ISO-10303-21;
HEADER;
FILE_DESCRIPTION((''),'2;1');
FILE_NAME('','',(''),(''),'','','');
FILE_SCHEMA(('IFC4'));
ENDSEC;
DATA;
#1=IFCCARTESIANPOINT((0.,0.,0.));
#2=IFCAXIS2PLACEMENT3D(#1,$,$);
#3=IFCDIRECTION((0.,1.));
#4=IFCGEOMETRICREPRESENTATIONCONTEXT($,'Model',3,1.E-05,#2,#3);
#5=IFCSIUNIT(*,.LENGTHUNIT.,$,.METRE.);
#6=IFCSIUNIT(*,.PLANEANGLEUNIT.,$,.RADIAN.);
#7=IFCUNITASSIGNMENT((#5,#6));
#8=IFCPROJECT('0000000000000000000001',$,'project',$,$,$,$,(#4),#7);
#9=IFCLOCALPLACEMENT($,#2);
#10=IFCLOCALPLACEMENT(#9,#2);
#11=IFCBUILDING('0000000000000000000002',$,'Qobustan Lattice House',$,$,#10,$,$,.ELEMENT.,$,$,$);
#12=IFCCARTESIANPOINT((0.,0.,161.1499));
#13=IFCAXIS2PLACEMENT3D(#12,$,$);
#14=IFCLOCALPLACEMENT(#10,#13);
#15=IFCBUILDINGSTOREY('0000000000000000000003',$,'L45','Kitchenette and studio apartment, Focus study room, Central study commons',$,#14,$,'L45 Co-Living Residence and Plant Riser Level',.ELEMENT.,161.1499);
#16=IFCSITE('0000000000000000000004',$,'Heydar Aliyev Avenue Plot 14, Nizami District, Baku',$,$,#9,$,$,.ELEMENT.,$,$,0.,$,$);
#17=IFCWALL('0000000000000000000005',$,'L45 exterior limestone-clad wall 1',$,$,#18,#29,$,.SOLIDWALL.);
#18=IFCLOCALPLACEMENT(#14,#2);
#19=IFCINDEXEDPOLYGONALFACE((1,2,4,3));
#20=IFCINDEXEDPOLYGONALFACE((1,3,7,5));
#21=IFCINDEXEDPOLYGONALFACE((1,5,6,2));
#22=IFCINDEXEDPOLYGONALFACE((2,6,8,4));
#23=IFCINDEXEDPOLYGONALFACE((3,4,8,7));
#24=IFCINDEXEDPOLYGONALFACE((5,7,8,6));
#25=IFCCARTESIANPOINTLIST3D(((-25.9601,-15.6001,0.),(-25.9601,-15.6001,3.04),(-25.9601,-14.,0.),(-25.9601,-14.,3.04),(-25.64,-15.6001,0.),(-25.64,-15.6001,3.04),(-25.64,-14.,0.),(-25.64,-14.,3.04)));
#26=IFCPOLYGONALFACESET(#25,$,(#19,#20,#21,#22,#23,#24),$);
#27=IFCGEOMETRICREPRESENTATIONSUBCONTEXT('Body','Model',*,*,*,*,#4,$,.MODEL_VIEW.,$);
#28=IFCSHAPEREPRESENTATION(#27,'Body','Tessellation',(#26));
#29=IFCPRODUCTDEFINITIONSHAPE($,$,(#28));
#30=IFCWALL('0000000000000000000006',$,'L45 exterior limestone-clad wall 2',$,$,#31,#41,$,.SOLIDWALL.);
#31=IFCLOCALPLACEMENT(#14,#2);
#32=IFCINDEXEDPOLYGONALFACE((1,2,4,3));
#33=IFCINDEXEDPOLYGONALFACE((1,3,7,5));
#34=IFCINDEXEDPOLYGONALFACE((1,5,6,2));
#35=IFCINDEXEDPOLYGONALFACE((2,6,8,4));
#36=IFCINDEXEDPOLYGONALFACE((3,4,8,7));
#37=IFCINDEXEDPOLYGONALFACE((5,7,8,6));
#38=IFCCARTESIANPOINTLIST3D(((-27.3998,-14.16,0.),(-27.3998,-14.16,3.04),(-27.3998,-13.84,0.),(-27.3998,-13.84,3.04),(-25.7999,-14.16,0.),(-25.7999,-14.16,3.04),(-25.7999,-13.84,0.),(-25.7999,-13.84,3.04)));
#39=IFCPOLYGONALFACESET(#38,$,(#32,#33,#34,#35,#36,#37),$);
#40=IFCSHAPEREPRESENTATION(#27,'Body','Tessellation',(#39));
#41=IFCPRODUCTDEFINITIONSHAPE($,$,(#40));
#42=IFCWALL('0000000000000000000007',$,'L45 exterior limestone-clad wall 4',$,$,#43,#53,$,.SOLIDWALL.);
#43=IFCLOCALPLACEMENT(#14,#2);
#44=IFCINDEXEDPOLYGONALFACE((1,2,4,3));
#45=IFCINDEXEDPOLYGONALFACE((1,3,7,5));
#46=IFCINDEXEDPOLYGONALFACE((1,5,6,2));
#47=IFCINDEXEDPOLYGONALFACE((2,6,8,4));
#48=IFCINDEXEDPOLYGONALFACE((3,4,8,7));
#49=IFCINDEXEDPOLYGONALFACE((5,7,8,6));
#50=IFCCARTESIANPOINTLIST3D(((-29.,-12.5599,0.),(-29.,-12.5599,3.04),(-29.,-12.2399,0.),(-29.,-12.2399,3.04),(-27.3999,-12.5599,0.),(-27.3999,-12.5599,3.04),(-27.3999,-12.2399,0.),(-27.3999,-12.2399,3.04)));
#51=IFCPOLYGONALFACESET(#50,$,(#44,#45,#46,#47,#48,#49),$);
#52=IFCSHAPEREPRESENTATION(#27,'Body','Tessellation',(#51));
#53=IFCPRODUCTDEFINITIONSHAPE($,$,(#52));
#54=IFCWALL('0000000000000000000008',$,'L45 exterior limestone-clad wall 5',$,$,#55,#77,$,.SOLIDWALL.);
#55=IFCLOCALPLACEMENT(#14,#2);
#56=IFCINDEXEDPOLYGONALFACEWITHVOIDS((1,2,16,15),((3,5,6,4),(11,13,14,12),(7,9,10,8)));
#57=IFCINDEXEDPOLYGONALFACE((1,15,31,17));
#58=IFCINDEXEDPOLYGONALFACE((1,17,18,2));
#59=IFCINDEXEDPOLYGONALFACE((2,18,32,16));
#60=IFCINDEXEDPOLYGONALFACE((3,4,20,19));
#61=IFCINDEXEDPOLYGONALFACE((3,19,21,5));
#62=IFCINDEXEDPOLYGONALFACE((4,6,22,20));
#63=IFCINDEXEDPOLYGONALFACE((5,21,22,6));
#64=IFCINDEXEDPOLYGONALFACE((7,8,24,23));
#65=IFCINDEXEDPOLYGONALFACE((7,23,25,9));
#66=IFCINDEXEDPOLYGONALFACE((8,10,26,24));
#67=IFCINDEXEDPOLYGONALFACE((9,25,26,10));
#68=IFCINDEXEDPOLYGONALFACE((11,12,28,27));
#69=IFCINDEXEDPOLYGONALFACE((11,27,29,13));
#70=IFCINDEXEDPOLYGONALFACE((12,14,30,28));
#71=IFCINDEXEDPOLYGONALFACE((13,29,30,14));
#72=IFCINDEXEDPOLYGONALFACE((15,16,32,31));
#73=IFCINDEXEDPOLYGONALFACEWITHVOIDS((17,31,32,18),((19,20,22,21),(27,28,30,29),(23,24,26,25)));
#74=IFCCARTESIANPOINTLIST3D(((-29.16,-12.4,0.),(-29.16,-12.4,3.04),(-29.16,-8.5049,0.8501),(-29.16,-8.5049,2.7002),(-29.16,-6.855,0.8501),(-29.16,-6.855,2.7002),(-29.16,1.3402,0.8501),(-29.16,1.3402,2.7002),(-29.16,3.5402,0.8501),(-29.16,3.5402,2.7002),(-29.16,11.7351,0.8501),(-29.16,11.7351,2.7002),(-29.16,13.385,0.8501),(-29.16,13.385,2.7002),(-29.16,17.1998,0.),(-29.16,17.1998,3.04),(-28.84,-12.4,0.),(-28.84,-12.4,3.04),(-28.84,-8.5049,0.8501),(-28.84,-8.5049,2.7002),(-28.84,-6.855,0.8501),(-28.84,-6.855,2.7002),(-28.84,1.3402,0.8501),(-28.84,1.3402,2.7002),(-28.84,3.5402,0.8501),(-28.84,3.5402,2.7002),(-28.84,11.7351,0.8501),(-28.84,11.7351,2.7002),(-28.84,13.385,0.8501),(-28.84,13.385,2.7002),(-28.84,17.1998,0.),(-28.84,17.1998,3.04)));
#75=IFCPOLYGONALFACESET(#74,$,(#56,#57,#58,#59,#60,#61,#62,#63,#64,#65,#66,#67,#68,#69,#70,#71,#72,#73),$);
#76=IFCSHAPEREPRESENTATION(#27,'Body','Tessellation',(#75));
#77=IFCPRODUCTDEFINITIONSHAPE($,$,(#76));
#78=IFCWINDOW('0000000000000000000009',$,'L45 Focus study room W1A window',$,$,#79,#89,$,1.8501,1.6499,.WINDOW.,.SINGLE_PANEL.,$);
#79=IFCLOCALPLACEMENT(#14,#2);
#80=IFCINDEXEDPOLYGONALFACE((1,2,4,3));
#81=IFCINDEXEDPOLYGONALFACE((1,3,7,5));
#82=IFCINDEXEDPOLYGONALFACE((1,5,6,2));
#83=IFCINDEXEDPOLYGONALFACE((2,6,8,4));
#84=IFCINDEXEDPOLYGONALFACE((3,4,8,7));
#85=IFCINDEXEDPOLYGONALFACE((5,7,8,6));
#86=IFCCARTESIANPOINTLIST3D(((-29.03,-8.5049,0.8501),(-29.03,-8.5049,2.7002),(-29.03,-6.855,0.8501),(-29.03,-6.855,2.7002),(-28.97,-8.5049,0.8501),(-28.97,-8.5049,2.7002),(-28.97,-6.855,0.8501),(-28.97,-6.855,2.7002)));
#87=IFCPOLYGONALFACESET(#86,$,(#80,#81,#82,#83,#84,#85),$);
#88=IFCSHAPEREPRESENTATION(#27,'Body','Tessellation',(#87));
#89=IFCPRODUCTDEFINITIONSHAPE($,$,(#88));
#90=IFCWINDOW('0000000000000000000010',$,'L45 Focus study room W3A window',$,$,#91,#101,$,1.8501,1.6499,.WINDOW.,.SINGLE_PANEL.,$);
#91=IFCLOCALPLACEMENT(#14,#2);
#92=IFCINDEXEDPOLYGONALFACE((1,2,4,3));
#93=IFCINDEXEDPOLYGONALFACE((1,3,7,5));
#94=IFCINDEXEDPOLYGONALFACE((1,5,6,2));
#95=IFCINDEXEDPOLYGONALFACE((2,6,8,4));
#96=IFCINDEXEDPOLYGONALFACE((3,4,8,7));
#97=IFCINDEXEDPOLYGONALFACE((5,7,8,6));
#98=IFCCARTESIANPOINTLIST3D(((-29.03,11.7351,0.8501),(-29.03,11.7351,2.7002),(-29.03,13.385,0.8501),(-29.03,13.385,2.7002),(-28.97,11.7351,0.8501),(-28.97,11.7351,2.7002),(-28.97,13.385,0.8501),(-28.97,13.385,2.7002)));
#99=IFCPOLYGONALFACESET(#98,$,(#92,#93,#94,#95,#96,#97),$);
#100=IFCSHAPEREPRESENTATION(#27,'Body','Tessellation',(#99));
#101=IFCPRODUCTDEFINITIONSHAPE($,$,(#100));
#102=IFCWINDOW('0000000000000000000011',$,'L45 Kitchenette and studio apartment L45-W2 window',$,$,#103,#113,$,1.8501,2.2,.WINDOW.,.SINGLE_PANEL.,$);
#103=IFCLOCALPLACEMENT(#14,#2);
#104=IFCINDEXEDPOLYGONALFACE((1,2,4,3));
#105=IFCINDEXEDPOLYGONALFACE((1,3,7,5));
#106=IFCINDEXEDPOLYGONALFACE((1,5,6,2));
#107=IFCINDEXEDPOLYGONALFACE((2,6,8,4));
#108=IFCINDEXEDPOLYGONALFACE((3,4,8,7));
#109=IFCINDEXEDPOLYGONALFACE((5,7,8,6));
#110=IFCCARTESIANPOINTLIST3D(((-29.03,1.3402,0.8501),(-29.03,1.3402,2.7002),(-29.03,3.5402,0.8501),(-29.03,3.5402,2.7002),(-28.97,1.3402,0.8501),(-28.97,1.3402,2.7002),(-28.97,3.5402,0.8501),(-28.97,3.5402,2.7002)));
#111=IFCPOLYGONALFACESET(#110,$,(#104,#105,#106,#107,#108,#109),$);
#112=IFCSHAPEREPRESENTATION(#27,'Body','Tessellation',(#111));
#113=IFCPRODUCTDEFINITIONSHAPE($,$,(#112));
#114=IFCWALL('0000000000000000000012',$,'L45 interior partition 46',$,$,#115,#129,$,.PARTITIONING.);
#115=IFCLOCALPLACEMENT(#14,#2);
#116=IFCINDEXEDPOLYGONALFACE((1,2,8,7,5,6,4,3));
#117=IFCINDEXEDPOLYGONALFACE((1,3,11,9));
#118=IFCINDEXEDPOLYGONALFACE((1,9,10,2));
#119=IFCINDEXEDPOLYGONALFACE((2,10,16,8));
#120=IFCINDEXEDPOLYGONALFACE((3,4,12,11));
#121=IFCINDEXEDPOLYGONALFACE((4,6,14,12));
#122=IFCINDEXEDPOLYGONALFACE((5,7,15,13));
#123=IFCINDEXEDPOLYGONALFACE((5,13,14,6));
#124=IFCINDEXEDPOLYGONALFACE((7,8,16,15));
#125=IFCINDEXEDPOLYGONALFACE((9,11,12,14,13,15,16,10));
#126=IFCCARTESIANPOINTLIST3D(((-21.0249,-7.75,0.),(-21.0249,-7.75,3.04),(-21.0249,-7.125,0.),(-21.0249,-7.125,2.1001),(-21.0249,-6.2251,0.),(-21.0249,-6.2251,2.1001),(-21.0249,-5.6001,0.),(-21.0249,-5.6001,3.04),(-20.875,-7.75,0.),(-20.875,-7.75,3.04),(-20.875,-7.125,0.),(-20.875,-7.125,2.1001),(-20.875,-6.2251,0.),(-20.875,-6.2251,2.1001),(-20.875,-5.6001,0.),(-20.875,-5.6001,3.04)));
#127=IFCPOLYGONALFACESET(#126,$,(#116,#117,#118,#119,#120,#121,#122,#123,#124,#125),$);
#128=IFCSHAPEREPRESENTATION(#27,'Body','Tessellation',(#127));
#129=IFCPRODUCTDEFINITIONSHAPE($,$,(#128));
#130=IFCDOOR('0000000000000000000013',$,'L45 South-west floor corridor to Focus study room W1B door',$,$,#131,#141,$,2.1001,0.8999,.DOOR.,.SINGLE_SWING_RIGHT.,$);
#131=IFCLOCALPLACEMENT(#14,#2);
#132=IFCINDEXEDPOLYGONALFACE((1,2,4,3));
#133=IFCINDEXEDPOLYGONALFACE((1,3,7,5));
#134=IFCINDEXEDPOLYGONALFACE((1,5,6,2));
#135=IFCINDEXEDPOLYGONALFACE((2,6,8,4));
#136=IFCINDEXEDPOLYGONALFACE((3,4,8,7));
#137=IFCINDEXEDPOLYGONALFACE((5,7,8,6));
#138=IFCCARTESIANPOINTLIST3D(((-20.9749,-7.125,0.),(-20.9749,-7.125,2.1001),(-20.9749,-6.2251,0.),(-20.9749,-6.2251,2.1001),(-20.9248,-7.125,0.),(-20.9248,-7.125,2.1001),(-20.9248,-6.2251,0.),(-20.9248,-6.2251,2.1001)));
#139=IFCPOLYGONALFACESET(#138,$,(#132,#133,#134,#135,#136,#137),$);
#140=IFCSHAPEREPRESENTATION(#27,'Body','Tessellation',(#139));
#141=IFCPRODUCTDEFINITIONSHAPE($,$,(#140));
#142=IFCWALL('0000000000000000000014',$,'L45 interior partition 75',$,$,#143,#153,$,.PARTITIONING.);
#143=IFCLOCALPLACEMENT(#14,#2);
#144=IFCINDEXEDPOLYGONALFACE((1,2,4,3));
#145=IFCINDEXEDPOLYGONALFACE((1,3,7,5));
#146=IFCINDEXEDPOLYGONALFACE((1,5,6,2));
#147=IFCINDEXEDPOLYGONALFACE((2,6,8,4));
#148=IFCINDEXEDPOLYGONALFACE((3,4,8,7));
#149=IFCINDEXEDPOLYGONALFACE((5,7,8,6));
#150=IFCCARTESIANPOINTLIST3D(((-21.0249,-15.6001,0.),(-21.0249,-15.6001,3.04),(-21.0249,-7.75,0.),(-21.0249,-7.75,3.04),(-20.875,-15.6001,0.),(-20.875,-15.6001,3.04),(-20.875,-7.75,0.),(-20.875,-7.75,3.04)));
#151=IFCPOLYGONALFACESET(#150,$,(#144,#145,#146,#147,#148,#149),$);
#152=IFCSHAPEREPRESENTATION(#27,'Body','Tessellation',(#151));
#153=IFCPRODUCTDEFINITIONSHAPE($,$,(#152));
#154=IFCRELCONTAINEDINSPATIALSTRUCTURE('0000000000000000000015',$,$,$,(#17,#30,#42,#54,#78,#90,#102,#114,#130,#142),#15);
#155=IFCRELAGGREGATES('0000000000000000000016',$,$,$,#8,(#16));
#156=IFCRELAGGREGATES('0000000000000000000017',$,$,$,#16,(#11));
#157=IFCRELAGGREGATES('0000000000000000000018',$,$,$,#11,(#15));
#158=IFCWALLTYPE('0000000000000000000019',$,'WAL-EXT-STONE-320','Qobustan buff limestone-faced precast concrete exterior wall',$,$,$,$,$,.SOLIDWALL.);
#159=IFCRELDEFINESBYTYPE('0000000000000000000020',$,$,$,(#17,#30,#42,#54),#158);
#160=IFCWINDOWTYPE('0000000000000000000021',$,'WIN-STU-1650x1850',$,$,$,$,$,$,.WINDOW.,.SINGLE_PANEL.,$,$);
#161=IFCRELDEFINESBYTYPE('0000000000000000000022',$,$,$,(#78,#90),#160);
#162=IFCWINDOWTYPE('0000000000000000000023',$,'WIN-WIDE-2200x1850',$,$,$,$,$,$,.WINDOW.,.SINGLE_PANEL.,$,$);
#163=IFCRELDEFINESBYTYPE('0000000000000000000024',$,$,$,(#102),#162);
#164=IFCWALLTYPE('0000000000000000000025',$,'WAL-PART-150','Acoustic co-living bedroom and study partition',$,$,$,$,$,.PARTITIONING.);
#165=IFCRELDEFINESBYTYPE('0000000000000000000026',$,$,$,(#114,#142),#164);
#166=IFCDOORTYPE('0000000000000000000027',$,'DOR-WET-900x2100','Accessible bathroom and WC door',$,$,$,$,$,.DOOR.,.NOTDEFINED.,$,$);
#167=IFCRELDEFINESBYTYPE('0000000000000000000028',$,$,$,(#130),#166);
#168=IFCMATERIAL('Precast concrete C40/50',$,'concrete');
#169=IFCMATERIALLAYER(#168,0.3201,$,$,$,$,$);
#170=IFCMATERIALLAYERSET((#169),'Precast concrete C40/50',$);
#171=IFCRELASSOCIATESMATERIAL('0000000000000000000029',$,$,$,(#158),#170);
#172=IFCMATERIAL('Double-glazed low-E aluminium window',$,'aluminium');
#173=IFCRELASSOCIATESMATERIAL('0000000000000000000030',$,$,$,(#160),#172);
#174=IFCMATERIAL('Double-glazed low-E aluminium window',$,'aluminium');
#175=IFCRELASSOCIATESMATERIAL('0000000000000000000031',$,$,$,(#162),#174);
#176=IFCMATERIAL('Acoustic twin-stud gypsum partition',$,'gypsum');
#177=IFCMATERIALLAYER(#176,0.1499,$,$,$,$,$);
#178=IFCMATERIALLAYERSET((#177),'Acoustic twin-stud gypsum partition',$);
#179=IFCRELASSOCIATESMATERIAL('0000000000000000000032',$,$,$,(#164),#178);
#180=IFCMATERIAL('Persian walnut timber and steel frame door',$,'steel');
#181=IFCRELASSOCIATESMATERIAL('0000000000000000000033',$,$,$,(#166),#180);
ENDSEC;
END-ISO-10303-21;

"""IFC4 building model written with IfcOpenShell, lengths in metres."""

from ifc_helpers import new_model, si_unit, direction, frame, frame_2d, origin, place, context, subcontext, project, spatial, rectangle, extrude, material, layer, layer_set, type_object, element, fill, save


model = new_model("IFC4")

# Units and contexts
model_context = context("Model", 3, precision=1e-05, world=origin(), true_north=direction((0.0, 1.0)))
body_context = subcontext(model_context, "Body", "Model", "MODEL_VIEW")
ifc_project = project(units=[si_unit("LENGTHUNIT", "METRE"), si_unit("PLANEANGLEUNIT", "RADIAN")], contexts=[model_context])

# Site, building, storey
site_placement = place(None, origin())
site = spatial("IfcSite", under=ifc_project, at=site_placement, Name="Heydar Aliyev Avenue Plot 14, Nizami District, Baku", CompositionType="ELEMENT", RefElevation=0.0)
building_placement = place(site_placement, origin())
building = spatial("IfcBuilding", under=site, at=building_placement, Name="Qobustan Lattice House", CompositionType="ELEMENT")
storey_placement = place(building_placement, frame((0.0, 0.0, 161.1499)))
storey = spatial("IfcBuildingStorey", under=building, at=storey_placement, Name="L45", Description="Kitchenette and studio apartment, Focus study room, Central study commons", LongName="L45 Co-Living Residence and Plant Riser Level", CompositionType="ELEMENT", Elevation=161.1499)

# Walls
ifc_material_1 = material(Name="Precast concrete C40/50", Category="concrete")
ifc_layer_1 = layer(ifc_material_1, 0.3201)
ifc_layer_set_1 = layer_set([ifc_layer_1], Name="Precast concrete C40/50")
wall_type_1 = type_object("IfcWallType", Name="WAL-EXT-STONE-320", Description="Qobustan buff limestone-faced precast concrete exterior wall", PredefinedType="SOLIDWALL", material=ifc_layer_set_1)
wall_1_placement = place(storey_placement, frame((-25.8, -15.6001, 0.0), z_axis=(0.0, 0.0, 1.0), x_axis=(0.0, 1.0, 0.0)))
element("IfcWall", 1, at=wall_1_placement, inside=storey, type_object=wall_type_1, Name="L45 exterior limestone-clad wall 1", PredefinedType="SOLIDWALL", context=body_context, shape_type="SweptSolid", body=[
    extrude(rectangle(XDim=1.6001, YDim=0.3201, at=frame_2d((0.8, 0.0))), origin(), (0.0, 0.0, 1.0), 3.04),
])
wall_2_placement = place(storey_placement, frame((-25.8, -14.0, 0.0), z_axis=(0.0, 0.0, 1.0), x_axis=(-1.0, 0.0, 0.0)))
element("IfcWall", 2, at=wall_2_placement, inside=storey, type_object=wall_type_1, Name="L45 exterior limestone-clad wall 2", PredefinedType="SOLIDWALL", context=body_context, shape_type="SweptSolid", body=[
    extrude(rectangle(XDim=1.5999, YDim=0.3201, at=frame_2d((0.7998, 0.0))), origin(), (0.0, 0.0, 1.0), 3.04),
])
wall_3_placement = place(storey_placement, frame((-27.3999, -12.3999, 0.0), z_axis=(0.0, 0.0, 1.0), x_axis=(-1.0, 0.0, 0.0)))
element("IfcWall", 3, at=wall_3_placement, inside=storey, type_object=wall_type_1, Name="L45 exterior limestone-clad wall 4", PredefinedType="SOLIDWALL", context=body_context, shape_type="SweptSolid", body=[
    extrude(rectangle(XDim=1.6001, YDim=0.3201, at=frame_2d((0.8, 0.0))), origin(), (0.0, 0.0, 1.0), 3.04),
])

# Wall, openings, windows
wall_4_placement = place(storey_placement, frame((-29.0, -12.3999, 0.0), z_axis=(0.0, 0.0, 1.0), x_axis=(0.0, 1.0, 0.0)))
wall_4 = element("IfcWall", 4, at=wall_4_placement, inside=storey, type_object=wall_type_1, Name="L45 exterior limestone-clad wall 5", PredefinedType="SOLIDWALL", context=body_context, shape_type="SweptSolid", body=[
    extrude(rectangle(XDim=29.5999, YDim=0.3201, at=frame_2d((14.7998, 0.0))), origin(), (0.0, 0.0, 1.0), 3.04),
])
opening_1_placement = place(wall_4_placement, frame((3.895, 0.0, 0.8501)))
opening_1 = element("IfcOpeningElement", 5, at=opening_1_placement, cuts=wall_4, PredefinedType="OPENING", context=body_context, shape_type="SweptSolid", body=[
    extrude(rectangle(XDim=1.6499, YDim=1.8501, at=frame_2d((0.825, 0.925))), frame((0.0, 0.1699, 0.0), z_axis=(0.0, -1.0, 0.0), x_axis=(1.0, 0.0, 0.0)), (0.0, 0.0, 1.0), 0.3401),
])
opening_2_placement = place(wall_4_placement, frame((13.74, 0.0, 0.8501)))
opening_2 = element("IfcOpeningElement", 6, at=opening_2_placement, cuts=wall_4, PredefinedType="OPENING", context=body_context, shape_type="SweptSolid", body=[
    extrude(rectangle(XDim=2.2, YDim=1.8501, at=frame_2d((1.1001, 0.925))), frame((0.0, 0.1699, 0.0), z_axis=(0.0, -1.0, 0.0), x_axis=(1.0, 0.0, 0.0)), (0.0, 0.0, 1.0), 0.3401),
])
opening_3_placement = place(wall_4_placement, frame((24.135, 0.0, 0.8501)))
opening_3 = element("IfcOpeningElement", 7, at=opening_3_placement, cuts=wall_4, PredefinedType="OPENING", context=body_context, shape_type="SweptSolid", body=[
    extrude(rectangle(XDim=1.6499, YDim=1.8501, at=frame_2d((0.825, 0.925))), frame((0.0, 0.1699, 0.0), z_axis=(0.0, -1.0, 0.0), x_axis=(1.0, 0.0, 0.0)), (0.0, 0.0, 1.0), 0.3401),
])
ifc_material_2 = material(Name="Double-glazed low-E aluminium window", Category="aluminium")
window_type_1 = type_object("IfcWindowType", Name="WIN-STU-1650x1850", PartitioningType="SINGLE_PANEL", PredefinedType="WINDOW", material=ifc_material_2)
window_1_placement = place(opening_1_placement, origin())
window_1 = element("IfcWindow", 8, at=window_1_placement, inside=storey, type_object=window_type_1, Name="L45 Focus study room W1A window", OverallHeight=1.8501, OverallWidth=1.6499, PartitioningType="SINGLE_PANEL", PredefinedType="WINDOW", context=body_context, shape_type="SweptSolid", body=[
    extrude(rectangle(XDim=1.6499, YDim=1.8501, at=frame_2d((0.825, 0.925))), frame((0.0, 0.03, 0.0), z_axis=(0.0, -1.0, 0.0), x_axis=(1.0, 0.0, 0.0)), (0.0, 0.0, 1.0), 0.0601),
])
fill(opening_1, window_1)
window_2_placement = place(opening_3_placement, origin())
window_2 = element("IfcWindow", 9, at=window_2_placement, inside=storey, type_object=window_type_1, Name="L45 Focus study room W3A window", OverallHeight=1.8501, OverallWidth=1.6499, PartitioningType="SINGLE_PANEL", PredefinedType="WINDOW", context=body_context, shape_type="SweptSolid", body=[
    extrude(rectangle(XDim=1.6499, YDim=1.8501, at=frame_2d((0.825, 0.925))), frame((0.0, 0.03, 0.0), z_axis=(0.0, -1.0, 0.0), x_axis=(1.0, 0.0, 0.0)), (0.0, 0.0, 1.0), 0.0601),
])
fill(opening_3, window_2)
ifc_material_3 = material(Name="Double-glazed low-E aluminium window", Category="aluminium")
window_type_2 = type_object("IfcWindowType", Name="WIN-WIDE-2200x1850", PartitioningType="SINGLE_PANEL", PredefinedType="WINDOW", material=ifc_material_3)
window_3_placement = place(opening_2_placement, origin())
window_3 = element("IfcWindow", 10, at=window_3_placement, inside=storey, type_object=window_type_2, Name="L45 Kitchenette and studio apartment L45-W2 window", OverallHeight=1.8501, OverallWidth=2.2, PartitioningType="SINGLE_PANEL", PredefinedType="WINDOW", context=body_context, shape_type="SweptSolid", body=[
    extrude(rectangle(XDim=2.2, YDim=1.8501, at=frame_2d((1.1001, 0.925))), frame((0.0, 0.03, 0.0), z_axis=(0.0, -1.0, 0.0), x_axis=(1.0, 0.0, 0.0)), (0.0, 0.0, 1.0), 0.0601),
])
fill(opening_2, window_3)

# Wall, opening, door
ifc_material_4 = material(Name="Acoustic twin-stud gypsum partition", Category="gypsum")
ifc_layer_2 = layer(ifc_material_4, 0.1499)
ifc_layer_set_2 = layer_set([ifc_layer_2], Name="Acoustic twin-stud gypsum partition")
wall_type_2 = type_object("IfcWallType", Name="WAL-PART-150", Description="Acoustic co-living bedroom and study partition", PredefinedType="PARTITIONING", material=ifc_layer_set_2)
wall_5_placement = place(storey_placement, frame((-20.95, -7.75, 0.0), z_axis=(0.0, 0.0, 1.0), x_axis=(0.0, 1.0, 0.0)))
wall_5 = element("IfcWall", 11, at=wall_5_placement, inside=storey, type_object=wall_type_2, Name="L45 interior partition 46", PredefinedType="PARTITIONING", context=body_context, shape_type="SweptSolid", body=[
    extrude(rectangle(XDim=2.1499, YDim=0.1499, at=frame_2d((1.075, 0.0))), origin(), (0.0, 0.0, 1.0), 3.04),
])
opening_4_placement = place(wall_5_placement, frame((0.625, 0.0, 0.0)))
opening_4 = element("IfcOpeningElement", 12, at=opening_4_placement, cuts=wall_5, PredefinedType="OPENING", context=body_context, shape_type="SweptSolid", body=[
    extrude(rectangle(XDim=0.8999, YDim=2.1001, at=frame_2d((0.45, 1.05))), frame((0.0, 0.085, 0.0), z_axis=(0.0, -1.0, 0.0), x_axis=(1.0, 0.0, 0.0)), (0.0, 0.0, 1.0), 0.1699),
])
ifc_material_5 = material(Name="Persian walnut timber and steel frame door", Category="steel")
door_type = type_object("IfcDoorType", Name="DOR-WET-900x2100", Description="Accessible bathroom and WC door", OperationType="NOTDEFINED", PredefinedType="DOOR", material=ifc_material_5)
door_placement = place(opening_4_placement, origin())
door = element("IfcDoor", 13, at=door_placement, inside=storey, type_object=door_type, Name="L45 South-west floor corridor to Focus study room W1B door", OperationType="SINGLE_SWING_RIGHT", OverallHeight=2.1001, OverallWidth=0.8999, PredefinedType="DOOR", context=body_context, shape_type="SweptSolid", body=[
    extrude(rectangle(XDim=0.8999, YDim=2.1001, at=frame_2d((0.45, 1.05))), frame((0.0, 0.0249, 0.0), z_axis=(0.0, -1.0, 0.0), x_axis=(1.0, 0.0, 0.0)), (0.0, 0.0, 1.0), 0.05),
])
fill(opening_4, door)

# Wall
wall_6_placement = place(storey_placement, frame((-20.95, -7.75, 0.0), z_axis=(0.0, 0.0, 1.0), x_axis=(0.0, -1.0, 0.0)))
element("IfcWall", 14, at=wall_6_placement, inside=storey, type_object=wall_type_2, Name="L45 interior partition 75", PredefinedType="PARTITIONING", context=body_context, shape_type="SweptSolid", body=[
    extrude(rectangle(XDim=7.8501, YDim=0.1499, at=frame_2d((3.925, 0.0))), origin(), (0.0, 0.0, 1.0), 3.04),
])

save(model, "model.ifc")
